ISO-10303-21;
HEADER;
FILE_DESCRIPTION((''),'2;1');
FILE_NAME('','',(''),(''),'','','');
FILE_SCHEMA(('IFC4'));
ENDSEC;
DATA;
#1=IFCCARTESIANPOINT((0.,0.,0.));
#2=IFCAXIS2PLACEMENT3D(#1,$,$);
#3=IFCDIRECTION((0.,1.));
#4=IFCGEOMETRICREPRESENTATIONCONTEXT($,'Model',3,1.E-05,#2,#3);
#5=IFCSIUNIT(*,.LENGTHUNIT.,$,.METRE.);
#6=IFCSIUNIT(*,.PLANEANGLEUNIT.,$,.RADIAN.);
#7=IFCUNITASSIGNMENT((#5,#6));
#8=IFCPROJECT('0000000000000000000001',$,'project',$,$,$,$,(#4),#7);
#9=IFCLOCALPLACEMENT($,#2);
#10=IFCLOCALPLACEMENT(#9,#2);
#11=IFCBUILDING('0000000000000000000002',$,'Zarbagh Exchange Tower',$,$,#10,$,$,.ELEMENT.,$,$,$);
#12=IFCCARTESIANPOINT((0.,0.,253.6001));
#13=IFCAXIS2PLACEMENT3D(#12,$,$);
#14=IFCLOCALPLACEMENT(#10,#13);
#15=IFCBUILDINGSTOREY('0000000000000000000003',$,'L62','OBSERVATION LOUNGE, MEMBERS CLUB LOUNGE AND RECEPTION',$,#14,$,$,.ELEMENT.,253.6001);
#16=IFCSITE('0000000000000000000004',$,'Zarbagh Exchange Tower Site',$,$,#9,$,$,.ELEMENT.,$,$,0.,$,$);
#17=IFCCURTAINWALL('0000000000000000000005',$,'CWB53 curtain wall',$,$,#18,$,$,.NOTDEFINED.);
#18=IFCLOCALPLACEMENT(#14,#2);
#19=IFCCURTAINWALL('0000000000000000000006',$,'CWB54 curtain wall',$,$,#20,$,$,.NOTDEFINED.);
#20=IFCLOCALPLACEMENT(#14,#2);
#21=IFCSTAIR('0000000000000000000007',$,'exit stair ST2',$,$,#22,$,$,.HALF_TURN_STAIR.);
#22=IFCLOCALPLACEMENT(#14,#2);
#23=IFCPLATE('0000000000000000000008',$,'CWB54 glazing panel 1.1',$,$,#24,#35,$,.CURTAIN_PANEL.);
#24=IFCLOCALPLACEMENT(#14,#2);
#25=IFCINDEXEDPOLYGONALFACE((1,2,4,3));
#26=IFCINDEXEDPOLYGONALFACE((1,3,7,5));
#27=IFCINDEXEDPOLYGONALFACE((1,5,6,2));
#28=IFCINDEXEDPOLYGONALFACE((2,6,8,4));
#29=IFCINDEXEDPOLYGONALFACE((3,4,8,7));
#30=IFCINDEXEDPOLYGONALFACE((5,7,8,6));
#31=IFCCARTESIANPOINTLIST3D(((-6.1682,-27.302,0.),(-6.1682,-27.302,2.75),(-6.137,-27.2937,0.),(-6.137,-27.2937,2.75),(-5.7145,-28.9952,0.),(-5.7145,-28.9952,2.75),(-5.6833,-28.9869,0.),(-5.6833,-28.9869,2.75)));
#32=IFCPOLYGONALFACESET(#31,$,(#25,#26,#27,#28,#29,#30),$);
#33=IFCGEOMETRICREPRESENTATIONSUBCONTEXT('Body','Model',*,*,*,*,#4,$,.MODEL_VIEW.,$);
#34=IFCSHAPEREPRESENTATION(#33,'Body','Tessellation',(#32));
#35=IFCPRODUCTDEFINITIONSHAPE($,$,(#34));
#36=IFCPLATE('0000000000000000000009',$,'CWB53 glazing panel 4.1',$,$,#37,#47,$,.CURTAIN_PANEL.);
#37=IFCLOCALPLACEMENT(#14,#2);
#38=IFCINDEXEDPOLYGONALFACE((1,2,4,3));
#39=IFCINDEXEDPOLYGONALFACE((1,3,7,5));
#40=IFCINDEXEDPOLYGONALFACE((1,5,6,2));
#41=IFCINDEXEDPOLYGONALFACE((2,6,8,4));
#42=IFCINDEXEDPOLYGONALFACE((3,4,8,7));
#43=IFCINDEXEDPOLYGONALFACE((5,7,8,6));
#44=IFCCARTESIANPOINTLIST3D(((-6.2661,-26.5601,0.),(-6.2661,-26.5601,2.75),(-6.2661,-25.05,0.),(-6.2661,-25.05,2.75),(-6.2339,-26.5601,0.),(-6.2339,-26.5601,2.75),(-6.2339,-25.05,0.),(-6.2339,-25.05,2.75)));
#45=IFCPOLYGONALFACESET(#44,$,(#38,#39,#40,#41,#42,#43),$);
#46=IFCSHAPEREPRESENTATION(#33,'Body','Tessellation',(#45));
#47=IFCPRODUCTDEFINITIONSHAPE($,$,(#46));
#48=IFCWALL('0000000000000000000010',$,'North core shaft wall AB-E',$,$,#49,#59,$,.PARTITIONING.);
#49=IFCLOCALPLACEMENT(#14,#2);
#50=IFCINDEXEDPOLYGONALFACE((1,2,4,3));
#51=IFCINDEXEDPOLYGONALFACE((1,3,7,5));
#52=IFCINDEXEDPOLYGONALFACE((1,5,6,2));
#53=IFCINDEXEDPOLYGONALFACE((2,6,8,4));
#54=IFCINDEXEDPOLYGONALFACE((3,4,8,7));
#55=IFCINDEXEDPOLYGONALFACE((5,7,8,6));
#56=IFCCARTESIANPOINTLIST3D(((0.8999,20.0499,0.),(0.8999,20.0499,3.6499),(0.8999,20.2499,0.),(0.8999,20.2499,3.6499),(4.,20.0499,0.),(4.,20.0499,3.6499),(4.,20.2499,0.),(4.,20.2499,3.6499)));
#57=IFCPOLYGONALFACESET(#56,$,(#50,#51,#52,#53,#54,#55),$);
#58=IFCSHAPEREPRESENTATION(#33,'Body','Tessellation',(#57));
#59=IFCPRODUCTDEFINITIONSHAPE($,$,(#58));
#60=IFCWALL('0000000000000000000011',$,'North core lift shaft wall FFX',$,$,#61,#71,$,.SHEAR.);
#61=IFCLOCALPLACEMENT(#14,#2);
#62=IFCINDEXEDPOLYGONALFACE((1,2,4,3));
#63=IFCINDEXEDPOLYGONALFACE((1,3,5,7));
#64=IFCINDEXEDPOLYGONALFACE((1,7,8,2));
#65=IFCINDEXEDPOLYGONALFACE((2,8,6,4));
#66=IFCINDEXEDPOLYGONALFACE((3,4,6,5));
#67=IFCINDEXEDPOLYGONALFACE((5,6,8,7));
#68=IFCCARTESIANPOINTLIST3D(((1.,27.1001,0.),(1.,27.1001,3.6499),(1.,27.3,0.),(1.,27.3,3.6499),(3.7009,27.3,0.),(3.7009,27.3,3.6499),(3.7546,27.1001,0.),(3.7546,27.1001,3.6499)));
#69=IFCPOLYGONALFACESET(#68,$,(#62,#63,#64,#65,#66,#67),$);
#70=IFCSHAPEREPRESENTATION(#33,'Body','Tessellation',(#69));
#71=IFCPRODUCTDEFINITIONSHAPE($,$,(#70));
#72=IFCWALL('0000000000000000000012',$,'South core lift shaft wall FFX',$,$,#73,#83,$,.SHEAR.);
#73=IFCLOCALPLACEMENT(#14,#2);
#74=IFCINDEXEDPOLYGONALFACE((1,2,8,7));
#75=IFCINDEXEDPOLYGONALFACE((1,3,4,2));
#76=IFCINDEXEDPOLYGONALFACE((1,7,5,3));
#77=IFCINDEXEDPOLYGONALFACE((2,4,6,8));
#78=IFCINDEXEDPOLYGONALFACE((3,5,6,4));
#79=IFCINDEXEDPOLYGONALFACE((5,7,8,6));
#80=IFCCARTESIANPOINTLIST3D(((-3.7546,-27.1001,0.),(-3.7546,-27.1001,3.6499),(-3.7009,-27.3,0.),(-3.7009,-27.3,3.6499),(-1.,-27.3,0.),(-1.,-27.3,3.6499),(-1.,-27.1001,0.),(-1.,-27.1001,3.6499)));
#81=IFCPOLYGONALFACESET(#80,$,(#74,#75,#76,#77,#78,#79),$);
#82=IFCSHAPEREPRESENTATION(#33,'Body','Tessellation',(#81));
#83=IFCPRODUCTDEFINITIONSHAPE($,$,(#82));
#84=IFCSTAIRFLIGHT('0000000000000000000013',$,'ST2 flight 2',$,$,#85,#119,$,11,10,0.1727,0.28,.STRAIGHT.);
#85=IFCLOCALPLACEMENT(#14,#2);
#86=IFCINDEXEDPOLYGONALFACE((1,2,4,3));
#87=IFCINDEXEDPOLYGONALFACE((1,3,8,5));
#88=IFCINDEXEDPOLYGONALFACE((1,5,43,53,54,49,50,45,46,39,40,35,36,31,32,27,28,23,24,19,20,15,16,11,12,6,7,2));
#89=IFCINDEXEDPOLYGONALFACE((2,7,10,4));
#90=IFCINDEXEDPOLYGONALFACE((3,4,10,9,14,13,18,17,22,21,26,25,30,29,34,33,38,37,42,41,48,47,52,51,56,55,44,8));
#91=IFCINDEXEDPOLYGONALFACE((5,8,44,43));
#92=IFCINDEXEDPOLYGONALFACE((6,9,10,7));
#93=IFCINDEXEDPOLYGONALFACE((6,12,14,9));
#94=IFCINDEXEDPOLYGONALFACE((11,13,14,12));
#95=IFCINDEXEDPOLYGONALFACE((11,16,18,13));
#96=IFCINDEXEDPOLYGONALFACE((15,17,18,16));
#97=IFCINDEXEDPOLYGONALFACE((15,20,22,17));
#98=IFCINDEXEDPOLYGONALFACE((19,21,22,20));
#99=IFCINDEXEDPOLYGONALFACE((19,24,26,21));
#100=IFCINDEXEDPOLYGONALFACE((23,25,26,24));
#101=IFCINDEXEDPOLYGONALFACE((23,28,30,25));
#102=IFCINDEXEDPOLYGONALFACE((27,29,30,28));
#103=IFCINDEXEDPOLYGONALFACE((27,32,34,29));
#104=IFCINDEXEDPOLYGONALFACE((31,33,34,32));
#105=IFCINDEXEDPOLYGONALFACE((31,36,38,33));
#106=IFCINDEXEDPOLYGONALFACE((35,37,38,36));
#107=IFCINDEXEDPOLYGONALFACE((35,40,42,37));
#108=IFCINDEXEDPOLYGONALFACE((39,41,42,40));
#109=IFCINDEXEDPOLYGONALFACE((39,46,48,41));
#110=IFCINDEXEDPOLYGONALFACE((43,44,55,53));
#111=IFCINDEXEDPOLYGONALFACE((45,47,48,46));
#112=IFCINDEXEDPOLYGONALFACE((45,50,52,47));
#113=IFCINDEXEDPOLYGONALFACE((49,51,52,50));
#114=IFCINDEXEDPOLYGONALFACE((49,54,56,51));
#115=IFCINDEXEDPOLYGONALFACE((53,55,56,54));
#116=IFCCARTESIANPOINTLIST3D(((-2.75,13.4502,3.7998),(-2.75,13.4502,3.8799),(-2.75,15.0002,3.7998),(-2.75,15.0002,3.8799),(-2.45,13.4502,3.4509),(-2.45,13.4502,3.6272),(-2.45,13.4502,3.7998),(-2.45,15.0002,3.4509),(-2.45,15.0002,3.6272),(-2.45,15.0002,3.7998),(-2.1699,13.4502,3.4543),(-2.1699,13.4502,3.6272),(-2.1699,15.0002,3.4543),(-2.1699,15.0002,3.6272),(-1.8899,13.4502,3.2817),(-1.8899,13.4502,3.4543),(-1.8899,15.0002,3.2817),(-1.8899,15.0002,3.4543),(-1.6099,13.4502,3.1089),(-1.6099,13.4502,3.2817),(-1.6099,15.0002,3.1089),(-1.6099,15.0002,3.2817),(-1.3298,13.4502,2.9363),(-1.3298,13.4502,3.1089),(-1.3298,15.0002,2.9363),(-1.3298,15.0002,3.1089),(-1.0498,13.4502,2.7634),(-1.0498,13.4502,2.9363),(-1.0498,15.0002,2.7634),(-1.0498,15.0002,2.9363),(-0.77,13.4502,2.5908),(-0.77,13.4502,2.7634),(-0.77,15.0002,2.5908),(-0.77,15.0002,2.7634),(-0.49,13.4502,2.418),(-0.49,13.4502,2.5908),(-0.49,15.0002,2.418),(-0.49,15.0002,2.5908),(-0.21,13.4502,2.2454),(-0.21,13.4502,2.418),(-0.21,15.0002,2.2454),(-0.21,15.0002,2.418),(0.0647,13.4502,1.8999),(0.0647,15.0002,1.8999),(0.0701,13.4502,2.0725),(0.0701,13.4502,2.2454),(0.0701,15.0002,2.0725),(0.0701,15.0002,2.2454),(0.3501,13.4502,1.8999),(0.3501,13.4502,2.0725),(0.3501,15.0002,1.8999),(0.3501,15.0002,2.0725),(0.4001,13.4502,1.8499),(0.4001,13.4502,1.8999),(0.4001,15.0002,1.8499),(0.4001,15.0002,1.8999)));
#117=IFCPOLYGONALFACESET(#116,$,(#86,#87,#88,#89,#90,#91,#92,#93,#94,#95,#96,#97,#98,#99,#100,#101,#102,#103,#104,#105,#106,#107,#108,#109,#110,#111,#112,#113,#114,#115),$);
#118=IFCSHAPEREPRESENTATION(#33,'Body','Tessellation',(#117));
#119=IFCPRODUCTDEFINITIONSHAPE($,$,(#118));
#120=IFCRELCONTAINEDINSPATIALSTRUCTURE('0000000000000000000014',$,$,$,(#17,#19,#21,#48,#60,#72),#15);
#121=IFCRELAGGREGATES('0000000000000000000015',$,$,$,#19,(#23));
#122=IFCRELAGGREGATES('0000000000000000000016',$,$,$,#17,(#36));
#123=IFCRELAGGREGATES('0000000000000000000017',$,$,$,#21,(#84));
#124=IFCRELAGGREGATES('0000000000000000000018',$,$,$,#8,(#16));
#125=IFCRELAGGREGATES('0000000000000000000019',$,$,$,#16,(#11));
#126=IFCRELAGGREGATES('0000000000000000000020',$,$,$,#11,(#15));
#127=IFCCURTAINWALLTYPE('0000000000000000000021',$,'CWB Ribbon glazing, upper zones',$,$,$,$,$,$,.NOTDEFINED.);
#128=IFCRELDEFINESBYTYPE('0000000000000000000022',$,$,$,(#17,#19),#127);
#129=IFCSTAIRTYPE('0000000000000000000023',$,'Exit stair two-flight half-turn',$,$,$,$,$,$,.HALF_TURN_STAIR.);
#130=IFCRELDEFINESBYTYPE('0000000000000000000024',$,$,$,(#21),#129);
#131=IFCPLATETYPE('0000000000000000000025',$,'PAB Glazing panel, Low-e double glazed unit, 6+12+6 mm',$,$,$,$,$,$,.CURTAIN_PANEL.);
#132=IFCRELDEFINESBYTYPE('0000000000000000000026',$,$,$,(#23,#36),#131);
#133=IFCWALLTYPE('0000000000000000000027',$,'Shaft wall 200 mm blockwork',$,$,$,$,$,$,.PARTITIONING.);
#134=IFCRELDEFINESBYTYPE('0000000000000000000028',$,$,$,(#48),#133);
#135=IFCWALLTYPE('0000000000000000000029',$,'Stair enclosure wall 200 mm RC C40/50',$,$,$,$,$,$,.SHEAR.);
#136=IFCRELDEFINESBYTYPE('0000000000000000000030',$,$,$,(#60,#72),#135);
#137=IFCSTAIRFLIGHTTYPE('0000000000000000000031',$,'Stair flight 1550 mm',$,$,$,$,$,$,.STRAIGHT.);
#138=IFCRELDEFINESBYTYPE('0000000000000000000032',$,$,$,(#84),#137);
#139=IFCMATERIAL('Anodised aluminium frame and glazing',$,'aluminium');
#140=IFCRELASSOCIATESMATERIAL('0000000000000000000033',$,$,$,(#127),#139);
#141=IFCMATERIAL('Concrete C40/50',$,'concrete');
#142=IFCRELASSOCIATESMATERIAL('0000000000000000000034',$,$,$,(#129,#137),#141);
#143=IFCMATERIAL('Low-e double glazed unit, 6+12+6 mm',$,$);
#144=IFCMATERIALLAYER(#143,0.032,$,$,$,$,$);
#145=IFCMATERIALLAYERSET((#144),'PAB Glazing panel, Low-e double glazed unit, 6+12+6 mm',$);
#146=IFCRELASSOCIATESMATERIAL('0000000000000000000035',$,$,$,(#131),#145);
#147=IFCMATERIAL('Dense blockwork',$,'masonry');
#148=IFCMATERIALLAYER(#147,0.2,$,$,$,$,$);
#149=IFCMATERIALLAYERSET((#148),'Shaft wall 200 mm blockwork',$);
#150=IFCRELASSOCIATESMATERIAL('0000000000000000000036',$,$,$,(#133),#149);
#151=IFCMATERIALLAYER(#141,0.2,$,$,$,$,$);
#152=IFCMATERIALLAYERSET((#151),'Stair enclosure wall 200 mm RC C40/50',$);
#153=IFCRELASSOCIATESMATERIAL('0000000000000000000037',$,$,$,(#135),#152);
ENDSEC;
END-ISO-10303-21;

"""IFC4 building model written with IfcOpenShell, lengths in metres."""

from ifc_helpers import new_model, si_unit, direction, frame, frame_2d, origin, place, context, subcontext, project, spatial, polyline, rectangle, outline, extrude, source, transform, mapped, material, layer, layer_set, type_object, element, aggregate, save


model = new_model("IFC4")

# Units and contexts
model_context = context("Model", 3, precision=1e-05, world=origin(), true_north=direction((0.0, 1.0)))
body_context = subcontext(model_context, "Body", "Model", "MODEL_VIEW")
ifc_project = project(units=[si_unit("LENGTHUNIT", "METRE"), si_unit("PLANEANGLEUNIT", "RADIAN")], contexts=[model_context])

# Site, building, storey
site_placement = place(None, origin())
site = spatial("IfcSite", under=ifc_project, at=site_placement, Name="Zarbagh Exchange Tower Site", CompositionType="ELEMENT", RefElevation=0.0)
building_placement = place(site_placement, origin())
building = spatial("IfcBuilding", under=site, at=building_placement, Name="Zarbagh Exchange Tower", CompositionType="ELEMENT")
storey_placement = place(building_placement, frame((0.0, 0.0, 253.6001)))
storey = spatial("IfcBuildingStorey", under=building, at=storey_placement, Name="L62", Description="OBSERVATION LOUNGE, MEMBERS CLUB LOUNGE AND RECEPTION", CompositionType="ELEMENT", Elevation=253.6001)

# Curtain wall
ifc_material_1 = material(Name="Anodised aluminium frame and glazing", Category="aluminium")
curtain_wall_type = type_object("IfcCurtainWallType", Name="CWB Ribbon glazing, upper zones", PredefinedType="NOTDEFINED", material=ifc_material_1)
curtain_wall_1_placement = place(storey_placement, origin())
curtain_wall_1 = element("IfcCurtainWall", 1, at=curtain_wall_1_placement, inside=storey, type_object=curtain_wall_type, Name="CWB53 curtain wall", PredefinedType="NOTDEFINED")
placement = place(storey_placement, origin())

# Curtain wall
curtain_wall_2_placement = place(storey_placement, origin())
curtain_wall_2 = element("IfcCurtainWall", 2, at=curtain_wall_2_placement, inside=storey, type_object=curtain_wall_type, Name="CWB54 curtain wall", PredefinedType="NOTDEFINED")

# Stair
ifc_material_2 = material(Name="Concrete C40/50", Category="concrete")
stair_type = type_object("IfcStairType", Name="Exit stair two-flight half-turn", PredefinedType="HALF_TURN_STAIR", material=ifc_material_2)
stair_1_placement = place(storey_placement, origin())
stair_1 = element("IfcStair", 3, at=stair_1_placement, inside=storey, type_object=stair_type, Name="exit stair ST2", PredefinedType="HALF_TURN_STAIR")

# Shared definitions
ifc_material_3 = material(Name="Low-e double glazed unit, 6+12+6 mm")
ifc_layer_1 = layer(ifc_material_3, 0.032)
ifc_layer_set_1 = layer_set([ifc_layer_1], Name="PAB Glazing panel, Low-e double glazed unit, 6+12+6 mm")
plate_type = type_object("IfcPlateType", Name="PAB Glazing panel, Low-e double glazed unit, 6+12+6 mm", PredefinedType="CURTAIN_PANEL", material=ifc_layer_set_1)

# Plates
shared_shape_1 = source(origin(), body_context, "Body", "SweptSolid", [
    extrude(outline(polyline([(0.0, -0.0161), (1.7529, -0.0161), (1.7529, 0.0161), (0.0, 0.0161), (0.0, -0.0161)])), origin(), (0.0, 0.0, 1.0), 2.75),
])
plate_1 = element("IfcPlate", 4, at=placement, type_object=plate_type, Name="CWB54 glazing panel 1.1", PredefinedType="CURTAIN_PANEL", context=body_context, shape_type="MappedRepresentation", body=[
    mapped(shared_shape_1, transform((-6.1526, -27.2979, 0.0), x_axis=(0.258825, -0.965924, 0.0), y_axis=(0.965924, 0.258825, 0.0), z_axis=(0.0, 0.0, 1.0))),
])
aggregate(curtain_wall_2, [plate_1])
shared_shape_2 = source(origin(), body_context, "Body", "SweptSolid", [
    extrude(outline(polyline([(0.0, -0.0161), (1.51, -0.0161), (1.51, 0.0161), (0.0, 0.0161), (0.0, -0.0161)])), origin(), (0.0, 0.0, 1.0), 2.75),
])
plate_2 = element("IfcPlate", 5, at=placement, type_object=plate_type, Name="CWB53 glazing panel 4.1", PredefinedType="CURTAIN_PANEL", context=body_context, shape_type="MappedRepresentation", body=[
    mapped(shared_shape_2, transform((-6.25, -25.05, 0.0), x_axis=(0.0, -1.0, 0.0), y_axis=(1.0, 0.0, 0.0), z_axis=(0.0, 0.0, 1.0))),
])
aggregate(curtain_wall_1, [plate_2])

# Walls
ifc_material_4 = material(Name="Dense blockwork", Category="masonry")
ifc_layer_2 = layer(ifc_material_4, 0.2)
ifc_layer_set_2 = layer_set([ifc_layer_2], Name="Shaft wall 200 mm blockwork")
wall_type_1 = type_object("IfcWallType", Name="Shaft wall 200 mm blockwork", PredefinedType="PARTITIONING", material=ifc_layer_set_2)
wall_1_placement = place(storey_placement, frame((0.8999, 20.1499, 0.0), z_axis=(0.0, 0.0, 1.0), x_axis=(1.0, 0.0, 0.0)))
element("IfcWall", 6, at=wall_1_placement, inside=storey, type_object=wall_type_1, Name="North core shaft wall AB-E", PredefinedType="PARTITIONING", context=body_context, shape_type="SweptSolid", body=[
    extrude(rectangle(XDim=3.1001, YDim=0.2, at=frame_2d((1.55, 0.0))), origin(), (0.0, 0.0, 1.0), 3.6499),
])
ifc_layer_3 = layer(ifc_material_2, 0.2)
ifc_layer_set_3 = layer_set([ifc_layer_3], Name="Stair enclosure wall 200 mm RC C40/50")
wall_type_2 = type_object("IfcWallType", Name="Stair enclosure wall 200 mm RC C40/50", PredefinedType="SHEAR", material=ifc_layer_set_3)
wall_2_placement = place(storey_placement, origin())
element("IfcWall", 7, at=wall_2_placement, inside=storey, type_object=wall_type_2, Name="North core lift shaft wall FFX", PredefinedType="SHEAR", context=body_context, shape_type="SweptSolid", body=[
    extrude(outline(polyline([(1.0, 27.1001), (3.7546, 27.1001), (3.7009, 27.3), (1.0, 27.3), (1.0, 27.1001)])), origin(), (0.0, 0.0, 1.0), 3.6499),
])
wall_3_placement = place(storey_placement, origin())
element("IfcWall", 8, at=wall_3_placement, inside=storey, type_object=wall_type_2, Name="South core lift shaft wall FFX", PredefinedType="SHEAR", context=body_context, shape_type="SweptSolid", body=[
    extrude(outline(polyline([(-1.0, -27.1001), (-3.7546, -27.1001), (-3.7009, -27.3), (-1.0, -27.3), (-1.0, -27.1001)])), origin(), (0.0, 0.0, 1.0), 3.6499),
])

# Stair flight
stair_flight_type = type_object("IfcStairFlightType", Name="Stair flight 1550 mm", PredefinedType="STRAIGHT", material=ifc_material_2)
stair_flight_placement = place(storey_placement, frame((0.3501, 14.2251, 1.8999), z_axis=(0.0, 0.0, 1.0), x_axis=(-1.0, 0.0, 0.0)))
stair_flight = element("IfcStairFlight", 9, at=stair_flight_placement, type_object=stair_flight_type, Name="ST2 flight 2", NumberOfRisers=11, NumberOfTreads=10, PredefinedType="STRAIGHT", RiserHeight=0.1727, TreadLength=0.28, context=body_context, shape_type="SweptSolid", body=[
    extrude(outline(polyline([(-0.05, -0.05), (-0.05, 0.0), (0.0, 0.0), (0.0, 0.1726), (0.28, 0.1726), (0.28, 0.3455), (0.5601, 0.3455), (0.5601, 0.5181), (0.8401, 0.5181), (0.8401, 0.6909), (1.1201, 0.6909), (1.1201, 0.8635), (1.3999, 0.8635), (1.3999, 1.0364), (1.6799, 1.0364), (1.6799, 1.209), (1.96, 1.209), (1.96, 1.3818), (2.24, 1.3818), (2.24, 1.5544), (2.52, 1.5544), (2.52, 1.7273), (2.8, 1.7273), (2.8, 1.8999), (3.1001, 1.98), (3.1001, 1.8999), (2.8, 1.551), (0.2854, 0.0), (-0.05, -0.05)])), frame((0.0, 0.7749, 0.0), z_axis=(0.0, -1.0, 0.0), x_axis=(1.0, 0.0, 0.0)), (0.0, 0.0, 1.0), 1.55),
])
aggregate(stair_1, [stair_flight])

save(model, "model.ifc")
